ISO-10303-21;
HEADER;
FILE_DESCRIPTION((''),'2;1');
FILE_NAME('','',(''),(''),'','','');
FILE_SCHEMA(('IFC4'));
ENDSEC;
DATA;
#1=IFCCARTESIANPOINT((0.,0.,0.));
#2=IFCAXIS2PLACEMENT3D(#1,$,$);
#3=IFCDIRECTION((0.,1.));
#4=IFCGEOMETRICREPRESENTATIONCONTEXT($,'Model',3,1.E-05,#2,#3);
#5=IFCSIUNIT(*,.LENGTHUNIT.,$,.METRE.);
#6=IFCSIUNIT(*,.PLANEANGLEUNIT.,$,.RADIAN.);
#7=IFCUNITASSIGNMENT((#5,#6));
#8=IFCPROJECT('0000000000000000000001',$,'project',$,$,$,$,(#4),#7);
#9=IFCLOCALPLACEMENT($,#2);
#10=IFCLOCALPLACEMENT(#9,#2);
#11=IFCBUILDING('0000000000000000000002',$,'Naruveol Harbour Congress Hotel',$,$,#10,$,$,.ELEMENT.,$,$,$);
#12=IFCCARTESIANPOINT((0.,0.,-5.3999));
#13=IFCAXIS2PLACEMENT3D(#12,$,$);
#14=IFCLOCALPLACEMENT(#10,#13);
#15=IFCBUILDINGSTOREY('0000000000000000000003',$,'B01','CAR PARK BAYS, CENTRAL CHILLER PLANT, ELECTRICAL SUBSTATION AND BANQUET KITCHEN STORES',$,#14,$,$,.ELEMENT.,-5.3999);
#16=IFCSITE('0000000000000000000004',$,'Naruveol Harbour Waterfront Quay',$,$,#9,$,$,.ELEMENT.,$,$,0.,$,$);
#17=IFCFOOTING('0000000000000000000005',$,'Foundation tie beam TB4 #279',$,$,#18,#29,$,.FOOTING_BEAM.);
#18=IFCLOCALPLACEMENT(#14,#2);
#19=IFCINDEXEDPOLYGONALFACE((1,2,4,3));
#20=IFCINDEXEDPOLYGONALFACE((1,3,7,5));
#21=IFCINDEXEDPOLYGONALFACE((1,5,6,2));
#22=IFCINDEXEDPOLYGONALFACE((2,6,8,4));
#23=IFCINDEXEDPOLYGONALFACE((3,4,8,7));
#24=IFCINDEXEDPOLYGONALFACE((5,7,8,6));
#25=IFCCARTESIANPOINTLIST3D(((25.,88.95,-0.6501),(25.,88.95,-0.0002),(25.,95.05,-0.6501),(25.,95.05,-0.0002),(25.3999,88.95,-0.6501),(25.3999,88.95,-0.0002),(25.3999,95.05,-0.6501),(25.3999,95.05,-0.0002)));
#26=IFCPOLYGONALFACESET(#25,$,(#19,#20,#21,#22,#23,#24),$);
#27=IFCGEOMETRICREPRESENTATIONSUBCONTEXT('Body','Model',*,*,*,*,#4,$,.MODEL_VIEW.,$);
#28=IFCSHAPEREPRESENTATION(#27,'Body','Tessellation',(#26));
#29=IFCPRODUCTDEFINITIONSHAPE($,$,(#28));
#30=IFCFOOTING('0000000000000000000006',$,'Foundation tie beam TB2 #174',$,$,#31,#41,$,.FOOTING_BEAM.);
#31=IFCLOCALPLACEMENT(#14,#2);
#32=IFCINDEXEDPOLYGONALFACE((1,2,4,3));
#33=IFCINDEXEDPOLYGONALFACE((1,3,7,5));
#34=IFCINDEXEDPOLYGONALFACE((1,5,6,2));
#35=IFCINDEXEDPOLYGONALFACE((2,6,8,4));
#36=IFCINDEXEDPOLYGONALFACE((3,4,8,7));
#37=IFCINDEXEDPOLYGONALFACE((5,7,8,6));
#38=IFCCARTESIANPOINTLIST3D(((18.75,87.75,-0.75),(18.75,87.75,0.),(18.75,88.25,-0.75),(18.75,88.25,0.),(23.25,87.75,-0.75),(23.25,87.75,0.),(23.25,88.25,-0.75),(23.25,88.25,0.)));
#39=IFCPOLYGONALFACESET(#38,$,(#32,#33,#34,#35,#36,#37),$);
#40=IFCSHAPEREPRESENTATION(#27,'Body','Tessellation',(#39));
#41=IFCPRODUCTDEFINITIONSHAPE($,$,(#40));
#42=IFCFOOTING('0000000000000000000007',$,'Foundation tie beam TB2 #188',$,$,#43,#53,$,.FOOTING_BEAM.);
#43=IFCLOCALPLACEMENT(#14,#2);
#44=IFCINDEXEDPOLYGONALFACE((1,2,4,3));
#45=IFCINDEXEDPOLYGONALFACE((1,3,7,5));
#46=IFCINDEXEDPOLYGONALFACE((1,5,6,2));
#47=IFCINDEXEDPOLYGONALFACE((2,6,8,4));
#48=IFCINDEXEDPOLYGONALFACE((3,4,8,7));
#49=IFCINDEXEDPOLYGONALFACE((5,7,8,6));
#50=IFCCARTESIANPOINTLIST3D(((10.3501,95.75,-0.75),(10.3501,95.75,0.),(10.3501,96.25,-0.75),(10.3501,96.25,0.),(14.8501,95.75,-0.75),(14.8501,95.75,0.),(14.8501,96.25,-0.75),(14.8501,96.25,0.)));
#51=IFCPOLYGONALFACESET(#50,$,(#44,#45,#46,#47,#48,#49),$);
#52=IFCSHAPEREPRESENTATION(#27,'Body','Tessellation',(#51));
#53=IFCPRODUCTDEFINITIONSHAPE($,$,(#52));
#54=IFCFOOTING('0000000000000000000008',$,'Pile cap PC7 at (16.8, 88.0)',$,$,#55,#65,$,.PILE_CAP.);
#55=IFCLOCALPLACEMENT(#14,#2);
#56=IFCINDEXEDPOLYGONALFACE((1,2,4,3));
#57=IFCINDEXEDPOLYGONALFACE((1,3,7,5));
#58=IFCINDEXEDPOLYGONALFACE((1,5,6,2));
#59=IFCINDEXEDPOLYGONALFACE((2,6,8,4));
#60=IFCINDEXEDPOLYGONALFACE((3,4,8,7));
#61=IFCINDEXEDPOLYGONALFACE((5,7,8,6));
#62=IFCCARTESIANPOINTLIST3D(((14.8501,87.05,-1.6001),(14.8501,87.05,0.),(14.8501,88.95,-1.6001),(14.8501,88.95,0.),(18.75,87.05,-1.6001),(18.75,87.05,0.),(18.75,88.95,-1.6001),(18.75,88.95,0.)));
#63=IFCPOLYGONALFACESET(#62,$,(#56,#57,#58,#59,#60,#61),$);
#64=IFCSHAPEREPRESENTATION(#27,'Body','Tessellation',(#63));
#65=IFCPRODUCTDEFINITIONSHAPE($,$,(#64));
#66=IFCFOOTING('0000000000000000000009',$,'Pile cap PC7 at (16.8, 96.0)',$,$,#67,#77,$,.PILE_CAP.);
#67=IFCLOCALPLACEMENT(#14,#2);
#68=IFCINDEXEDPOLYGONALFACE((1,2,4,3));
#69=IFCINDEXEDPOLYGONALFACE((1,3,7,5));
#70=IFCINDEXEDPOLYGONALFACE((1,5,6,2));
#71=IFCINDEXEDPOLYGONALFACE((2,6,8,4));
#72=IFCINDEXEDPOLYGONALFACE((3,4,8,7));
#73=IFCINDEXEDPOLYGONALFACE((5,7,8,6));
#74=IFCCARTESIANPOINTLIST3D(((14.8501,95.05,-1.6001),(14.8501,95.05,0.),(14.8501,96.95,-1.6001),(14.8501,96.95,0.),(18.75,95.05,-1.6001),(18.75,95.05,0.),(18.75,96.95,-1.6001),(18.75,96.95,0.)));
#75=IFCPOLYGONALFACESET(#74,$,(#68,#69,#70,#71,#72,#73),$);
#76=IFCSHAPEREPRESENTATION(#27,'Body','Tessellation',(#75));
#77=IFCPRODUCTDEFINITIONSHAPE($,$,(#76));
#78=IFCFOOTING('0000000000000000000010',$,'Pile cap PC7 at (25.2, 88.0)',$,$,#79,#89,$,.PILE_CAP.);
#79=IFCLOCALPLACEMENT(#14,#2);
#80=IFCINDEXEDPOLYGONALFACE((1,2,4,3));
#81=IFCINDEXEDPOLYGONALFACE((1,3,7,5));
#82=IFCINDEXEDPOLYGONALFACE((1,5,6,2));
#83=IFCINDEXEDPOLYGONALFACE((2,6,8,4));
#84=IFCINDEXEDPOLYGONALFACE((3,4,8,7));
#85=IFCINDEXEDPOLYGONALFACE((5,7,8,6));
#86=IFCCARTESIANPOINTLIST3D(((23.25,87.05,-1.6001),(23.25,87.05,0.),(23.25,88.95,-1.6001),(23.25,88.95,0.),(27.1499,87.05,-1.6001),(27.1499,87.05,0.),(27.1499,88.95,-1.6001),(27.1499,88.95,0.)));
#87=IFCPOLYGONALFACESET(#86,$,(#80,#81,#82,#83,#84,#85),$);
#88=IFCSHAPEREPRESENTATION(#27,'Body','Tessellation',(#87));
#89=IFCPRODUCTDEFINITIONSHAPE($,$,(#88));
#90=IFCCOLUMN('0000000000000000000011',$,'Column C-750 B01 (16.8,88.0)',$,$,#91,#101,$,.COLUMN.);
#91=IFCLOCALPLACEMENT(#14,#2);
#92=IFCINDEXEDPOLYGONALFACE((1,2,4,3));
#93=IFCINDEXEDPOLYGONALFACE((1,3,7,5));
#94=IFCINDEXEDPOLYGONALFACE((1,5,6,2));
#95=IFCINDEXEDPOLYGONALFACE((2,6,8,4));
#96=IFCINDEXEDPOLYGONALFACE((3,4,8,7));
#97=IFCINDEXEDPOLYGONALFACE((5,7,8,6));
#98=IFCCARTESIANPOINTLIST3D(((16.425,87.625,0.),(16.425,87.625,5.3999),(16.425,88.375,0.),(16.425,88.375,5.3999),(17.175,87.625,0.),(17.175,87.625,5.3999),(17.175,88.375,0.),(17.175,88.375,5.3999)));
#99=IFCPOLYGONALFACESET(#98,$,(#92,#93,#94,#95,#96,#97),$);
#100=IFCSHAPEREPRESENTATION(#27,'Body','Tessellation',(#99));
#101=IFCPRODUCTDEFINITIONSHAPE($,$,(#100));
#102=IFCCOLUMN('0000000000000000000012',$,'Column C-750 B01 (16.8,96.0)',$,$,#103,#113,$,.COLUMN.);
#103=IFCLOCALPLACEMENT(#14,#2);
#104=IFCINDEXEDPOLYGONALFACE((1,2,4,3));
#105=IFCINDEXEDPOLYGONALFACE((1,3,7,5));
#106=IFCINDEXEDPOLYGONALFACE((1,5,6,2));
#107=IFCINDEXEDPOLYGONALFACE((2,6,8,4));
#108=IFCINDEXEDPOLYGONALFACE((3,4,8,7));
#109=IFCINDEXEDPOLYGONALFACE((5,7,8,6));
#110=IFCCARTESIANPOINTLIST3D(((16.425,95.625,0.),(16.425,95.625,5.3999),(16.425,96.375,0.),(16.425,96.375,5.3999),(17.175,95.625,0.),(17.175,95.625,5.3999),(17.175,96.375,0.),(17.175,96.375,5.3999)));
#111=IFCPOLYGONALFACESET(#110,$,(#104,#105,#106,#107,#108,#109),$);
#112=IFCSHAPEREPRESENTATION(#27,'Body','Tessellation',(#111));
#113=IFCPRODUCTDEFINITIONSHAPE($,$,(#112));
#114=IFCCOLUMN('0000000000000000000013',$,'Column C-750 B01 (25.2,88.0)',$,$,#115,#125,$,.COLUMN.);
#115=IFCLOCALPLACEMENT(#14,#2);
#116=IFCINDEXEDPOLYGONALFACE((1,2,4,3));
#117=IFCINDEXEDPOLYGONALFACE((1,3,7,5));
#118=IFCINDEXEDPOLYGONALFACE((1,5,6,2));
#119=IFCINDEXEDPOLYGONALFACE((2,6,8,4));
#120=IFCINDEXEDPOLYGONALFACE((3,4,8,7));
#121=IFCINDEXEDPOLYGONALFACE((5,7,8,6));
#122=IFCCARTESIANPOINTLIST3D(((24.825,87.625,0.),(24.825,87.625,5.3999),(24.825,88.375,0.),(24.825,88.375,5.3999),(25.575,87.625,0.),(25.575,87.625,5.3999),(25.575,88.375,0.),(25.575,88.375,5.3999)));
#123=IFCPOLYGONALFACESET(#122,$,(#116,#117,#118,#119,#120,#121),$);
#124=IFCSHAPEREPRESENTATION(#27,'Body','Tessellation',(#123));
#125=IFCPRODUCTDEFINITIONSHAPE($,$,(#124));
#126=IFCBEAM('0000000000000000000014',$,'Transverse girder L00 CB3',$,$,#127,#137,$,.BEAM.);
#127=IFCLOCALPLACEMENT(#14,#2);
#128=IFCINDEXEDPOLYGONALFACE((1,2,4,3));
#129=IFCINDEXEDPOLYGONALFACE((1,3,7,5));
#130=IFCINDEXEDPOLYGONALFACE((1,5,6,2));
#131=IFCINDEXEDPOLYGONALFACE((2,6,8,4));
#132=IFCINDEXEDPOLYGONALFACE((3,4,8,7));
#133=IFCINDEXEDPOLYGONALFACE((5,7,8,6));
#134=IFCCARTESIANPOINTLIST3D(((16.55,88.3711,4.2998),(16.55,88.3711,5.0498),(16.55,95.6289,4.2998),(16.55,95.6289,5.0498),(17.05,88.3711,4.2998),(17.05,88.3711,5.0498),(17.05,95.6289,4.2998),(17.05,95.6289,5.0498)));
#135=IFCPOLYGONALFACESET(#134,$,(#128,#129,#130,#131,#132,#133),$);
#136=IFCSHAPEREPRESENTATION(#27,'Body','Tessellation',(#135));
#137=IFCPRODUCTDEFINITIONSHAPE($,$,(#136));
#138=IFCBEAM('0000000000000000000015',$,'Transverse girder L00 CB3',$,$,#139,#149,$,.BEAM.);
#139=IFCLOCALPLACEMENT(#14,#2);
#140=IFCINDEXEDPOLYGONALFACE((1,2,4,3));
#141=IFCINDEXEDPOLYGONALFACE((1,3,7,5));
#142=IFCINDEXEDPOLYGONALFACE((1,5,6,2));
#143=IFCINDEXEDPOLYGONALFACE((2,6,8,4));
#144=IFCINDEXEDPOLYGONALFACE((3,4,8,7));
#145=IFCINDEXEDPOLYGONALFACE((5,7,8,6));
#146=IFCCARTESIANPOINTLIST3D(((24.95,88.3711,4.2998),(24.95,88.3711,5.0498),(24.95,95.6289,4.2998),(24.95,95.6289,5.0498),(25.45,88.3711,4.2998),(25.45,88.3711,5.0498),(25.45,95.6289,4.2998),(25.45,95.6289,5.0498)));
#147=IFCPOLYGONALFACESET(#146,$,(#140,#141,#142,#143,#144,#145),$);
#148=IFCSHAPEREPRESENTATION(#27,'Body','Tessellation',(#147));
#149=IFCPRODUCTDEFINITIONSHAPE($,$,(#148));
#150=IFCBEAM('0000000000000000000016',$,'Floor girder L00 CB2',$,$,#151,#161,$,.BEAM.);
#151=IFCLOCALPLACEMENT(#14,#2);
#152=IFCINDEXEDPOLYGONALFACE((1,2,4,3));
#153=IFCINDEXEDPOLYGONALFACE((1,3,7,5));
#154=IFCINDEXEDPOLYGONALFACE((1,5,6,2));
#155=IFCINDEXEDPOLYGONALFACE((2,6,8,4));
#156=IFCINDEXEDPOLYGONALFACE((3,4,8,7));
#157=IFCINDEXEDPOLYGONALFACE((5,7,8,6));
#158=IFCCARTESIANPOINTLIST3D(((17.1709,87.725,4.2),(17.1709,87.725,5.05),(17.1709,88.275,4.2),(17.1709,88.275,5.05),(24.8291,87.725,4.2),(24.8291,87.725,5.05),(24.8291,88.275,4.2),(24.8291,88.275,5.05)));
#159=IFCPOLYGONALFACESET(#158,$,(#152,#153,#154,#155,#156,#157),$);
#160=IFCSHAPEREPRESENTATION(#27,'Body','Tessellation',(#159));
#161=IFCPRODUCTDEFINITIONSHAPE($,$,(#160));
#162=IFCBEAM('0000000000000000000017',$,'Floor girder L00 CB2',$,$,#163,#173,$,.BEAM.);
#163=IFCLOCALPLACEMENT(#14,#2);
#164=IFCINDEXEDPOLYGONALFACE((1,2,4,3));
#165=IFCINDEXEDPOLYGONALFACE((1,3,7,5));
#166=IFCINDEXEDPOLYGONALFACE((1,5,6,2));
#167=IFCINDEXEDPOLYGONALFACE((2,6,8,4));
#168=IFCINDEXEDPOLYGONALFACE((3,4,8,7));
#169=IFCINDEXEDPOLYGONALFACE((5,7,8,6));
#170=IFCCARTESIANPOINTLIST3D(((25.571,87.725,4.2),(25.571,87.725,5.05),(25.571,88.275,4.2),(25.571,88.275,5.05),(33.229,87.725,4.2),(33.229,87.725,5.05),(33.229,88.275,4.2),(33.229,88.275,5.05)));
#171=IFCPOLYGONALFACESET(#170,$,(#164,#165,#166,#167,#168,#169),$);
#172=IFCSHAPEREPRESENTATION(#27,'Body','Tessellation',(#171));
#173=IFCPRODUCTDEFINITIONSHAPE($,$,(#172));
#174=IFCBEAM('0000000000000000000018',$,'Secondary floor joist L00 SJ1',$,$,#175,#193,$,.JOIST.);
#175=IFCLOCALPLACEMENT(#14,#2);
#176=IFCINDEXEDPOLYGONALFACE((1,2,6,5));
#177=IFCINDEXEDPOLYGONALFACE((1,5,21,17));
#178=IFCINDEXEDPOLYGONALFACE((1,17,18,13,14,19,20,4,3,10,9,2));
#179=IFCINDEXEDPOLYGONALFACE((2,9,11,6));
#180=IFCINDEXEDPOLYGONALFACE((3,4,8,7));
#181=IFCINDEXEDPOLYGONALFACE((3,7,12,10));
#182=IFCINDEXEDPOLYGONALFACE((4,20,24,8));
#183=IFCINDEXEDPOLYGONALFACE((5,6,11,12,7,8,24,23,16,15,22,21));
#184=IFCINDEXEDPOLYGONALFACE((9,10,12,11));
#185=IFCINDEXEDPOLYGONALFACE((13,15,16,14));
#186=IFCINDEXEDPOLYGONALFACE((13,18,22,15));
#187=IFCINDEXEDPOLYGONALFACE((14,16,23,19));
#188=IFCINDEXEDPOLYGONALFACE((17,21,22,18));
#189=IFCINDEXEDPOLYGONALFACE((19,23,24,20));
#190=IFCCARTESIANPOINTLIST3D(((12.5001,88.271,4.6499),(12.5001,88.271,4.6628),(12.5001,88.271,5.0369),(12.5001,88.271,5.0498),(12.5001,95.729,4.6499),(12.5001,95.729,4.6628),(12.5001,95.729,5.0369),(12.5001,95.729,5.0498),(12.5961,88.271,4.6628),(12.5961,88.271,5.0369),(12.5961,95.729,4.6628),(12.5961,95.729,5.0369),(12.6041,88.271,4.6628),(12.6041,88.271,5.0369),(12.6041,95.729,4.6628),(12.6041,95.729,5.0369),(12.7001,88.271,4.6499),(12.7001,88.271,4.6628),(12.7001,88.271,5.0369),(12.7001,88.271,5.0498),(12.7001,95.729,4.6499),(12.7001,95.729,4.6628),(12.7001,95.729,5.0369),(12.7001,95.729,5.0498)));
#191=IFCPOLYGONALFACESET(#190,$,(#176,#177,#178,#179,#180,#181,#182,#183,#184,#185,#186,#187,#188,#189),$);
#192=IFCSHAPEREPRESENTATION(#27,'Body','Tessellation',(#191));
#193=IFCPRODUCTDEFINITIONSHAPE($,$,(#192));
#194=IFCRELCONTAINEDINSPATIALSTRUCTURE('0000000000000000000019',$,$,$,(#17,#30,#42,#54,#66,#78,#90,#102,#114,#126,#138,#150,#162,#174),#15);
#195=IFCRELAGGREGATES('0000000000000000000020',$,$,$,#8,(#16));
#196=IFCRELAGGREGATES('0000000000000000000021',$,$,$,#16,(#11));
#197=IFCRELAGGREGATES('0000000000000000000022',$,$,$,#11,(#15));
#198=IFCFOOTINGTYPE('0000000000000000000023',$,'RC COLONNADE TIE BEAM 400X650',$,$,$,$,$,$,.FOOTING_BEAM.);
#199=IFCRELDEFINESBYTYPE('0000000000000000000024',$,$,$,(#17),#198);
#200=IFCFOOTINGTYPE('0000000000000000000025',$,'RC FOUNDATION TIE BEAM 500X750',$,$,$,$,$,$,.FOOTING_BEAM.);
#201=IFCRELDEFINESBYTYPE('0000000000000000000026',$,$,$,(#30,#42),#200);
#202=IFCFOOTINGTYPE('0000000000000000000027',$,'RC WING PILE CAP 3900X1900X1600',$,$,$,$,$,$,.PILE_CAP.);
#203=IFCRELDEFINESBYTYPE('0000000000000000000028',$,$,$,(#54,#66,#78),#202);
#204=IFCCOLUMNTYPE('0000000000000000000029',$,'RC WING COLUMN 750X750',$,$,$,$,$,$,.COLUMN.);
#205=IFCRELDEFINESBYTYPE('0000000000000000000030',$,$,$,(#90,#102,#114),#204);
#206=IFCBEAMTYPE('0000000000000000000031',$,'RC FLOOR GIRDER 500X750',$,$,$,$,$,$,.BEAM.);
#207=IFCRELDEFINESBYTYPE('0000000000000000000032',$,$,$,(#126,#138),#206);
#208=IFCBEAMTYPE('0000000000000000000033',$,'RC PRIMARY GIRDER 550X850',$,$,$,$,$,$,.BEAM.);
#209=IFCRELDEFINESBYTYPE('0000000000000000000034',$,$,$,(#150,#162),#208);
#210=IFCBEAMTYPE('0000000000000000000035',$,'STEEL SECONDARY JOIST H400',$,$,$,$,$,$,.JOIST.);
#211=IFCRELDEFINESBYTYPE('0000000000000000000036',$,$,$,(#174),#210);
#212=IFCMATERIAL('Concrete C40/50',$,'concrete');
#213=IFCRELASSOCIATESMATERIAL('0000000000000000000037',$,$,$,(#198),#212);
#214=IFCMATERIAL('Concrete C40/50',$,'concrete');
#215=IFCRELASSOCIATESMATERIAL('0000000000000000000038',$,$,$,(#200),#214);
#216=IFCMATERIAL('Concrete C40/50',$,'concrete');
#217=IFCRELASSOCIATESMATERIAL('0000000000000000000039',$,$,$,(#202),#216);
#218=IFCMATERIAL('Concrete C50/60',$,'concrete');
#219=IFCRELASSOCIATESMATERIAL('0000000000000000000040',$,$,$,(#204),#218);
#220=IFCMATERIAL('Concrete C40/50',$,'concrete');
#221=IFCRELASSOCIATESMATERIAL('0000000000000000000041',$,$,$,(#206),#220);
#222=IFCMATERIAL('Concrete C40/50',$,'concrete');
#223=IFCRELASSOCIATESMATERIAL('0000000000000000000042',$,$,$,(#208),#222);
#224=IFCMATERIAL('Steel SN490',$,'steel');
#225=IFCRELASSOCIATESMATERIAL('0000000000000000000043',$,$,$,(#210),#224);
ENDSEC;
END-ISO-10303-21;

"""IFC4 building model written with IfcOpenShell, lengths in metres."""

from ifc_helpers import new_model, si_unit, direction, frame, origin, origin_2d, place, context, subcontext, project, spatial, rectangle, i_section, extrude, material, material_profile, profile_set, type_object, element, save


model = new_model("IFC4")

# Units and contexts
model_context = context("Model", 3, precision=1e-05, world=origin(), true_north=direction((0.0, 1.0)))
body_context = subcontext(model_context, "Body", "Model", "MODEL_VIEW")
ifc_project = project(units=[si_unit("LENGTHUNIT", "METRE"), si_unit("PLANEANGLEUNIT", "RADIAN")], contexts=[model_context])

# Site, building, storey
site_placement = place(None, origin())
site = spatial("IfcSite", under=ifc_project, at=site_placement, Name="Naruveol Harbour Waterfront Quay", CompositionType="ELEMENT", RefElevation=0.0)
building_placement = place(site_placement, origin())
building = spatial("IfcBuilding", under=site, at=building_placement, Name="Naruveol Harbour Congress Hotel", CompositionType="ELEMENT")
storey_placement = place(building_placement, frame((0.0, 0.0, -5.3999)))
storey = spatial("IfcBuildingStorey", under=building, at=storey_placement, Name="B01", Description="CAR PARK BAYS, CENTRAL CHILLER PLANT, ELECTRICAL SUBSTATION AND BANQUET KITCHEN STORES", CompositionType="ELEMENT", Elevation=-5.3999)

# Footings
ifc_material_1 = material(Name="Concrete C40/50", Category="concrete")
ifc_material_profile_1 = material_profile(ifc_material_1, rectangle(XDim=0.3999, YDim=0.6499, at=origin_2d()), Name="RCB-400x650")
ifc_profile_set_1 = profile_set([ifc_material_profile_1], Name="Concrete C40/50")
footing_type_1 = type_object("IfcFootingType", Name="RC COLONNADE TIE BEAM 400X650", PredefinedType="FOOTING_BEAM", material=ifc_profile_set_1)
for number, where, z_axis, x_axis, name in (
    (1, (25.2, 88.95, -0.3252), (0.0, 1.0, 0.0), (-1.0, 0.0, 0.0), "Foundation tie beam TB4 #279"),
):
    element("IfcFooting", number, at=place(storey_placement, frame(where, z_axis=z_axis, x_axis=x_axis)), inside=storey, type_object=footing_type_1, Name=name, PredefinedType="FOOTING_BEAM", context=body_context, shape_type="SweptSolid", body=[
        extrude(rectangle(XDim=0.3999, YDim=0.6499, at=origin_2d()), origin(), (0.0, 0.0, 1.0), 6.1001),
    ])
ifc_material_2 = material(Name="Concrete C40/50", Category="concrete")
ifc_material_profile_2 = material_profile(ifc_material_2, rectangle(XDim=0.5, YDim=0.75, at=origin_2d()), Name="RCB-500x750")
ifc_profile_set_2 = profile_set([ifc_material_profile_2], Name="Concrete C40/50")
footing_type_2 = type_object("IfcFootingType", Name="RC FOUNDATION TIE BEAM 500X750", PredefinedType="FOOTING_BEAM", material=ifc_profile_set_2)
for number, where, z_axis, x_axis, name in (
    (2, (18.75, 88.0, -0.375), (1.0, 0.0, 0.0), (0.0, 1.0, 0.0), "Foundation tie beam TB2 #174"),
    (3, (10.3501, 96.0, -0.375), (1.0, 0.0, 0.0), (0.0, 1.0, 0.0), "Foundation tie beam TB2 #188"),
):
    element("IfcFooting", number, at=place(storey_placement, frame(where, z_axis=z_axis, x_axis=x_axis)), inside=storey, type_object=footing_type_2, Name=name, PredefinedType="FOOTING_BEAM", context=body_context, shape_type="SweptSolid", body=[
        extrude(rectangle(XDim=0.5, YDim=0.75, at=origin_2d()), origin(), (0.0, 0.0, 1.0), 4.5),
    ])
ifc_material_3 = material(Name="Concrete C40/50", Category="concrete")
footing_type_3 = type_object("IfcFootingType", Name="RC WING PILE CAP 3900X1900X1600", PredefinedType="PILE_CAP", material=ifc_material_3)
for number, where, z_axis, x_axis, name in (
    (4, (16.8, 88.0, -1.6001), (0.0, 0.0, 1.0), (1.0, 0.0, 0.0), "Pile cap PC7 at (16.8, 88.0)"),
    (5, (16.8, 96.0, -1.6001), (0.0, 0.0, 1.0), (1.0, 0.0, 0.0), "Pile cap PC7 at (16.8, 96.0)"),
    (6, (25.2, 88.0, -1.6001), (0.0, 0.0, 1.0), (1.0, 0.0, 0.0), "Pile cap PC7 at (25.2, 88.0)"),
):
    element("IfcFooting", number, at=place(storey_placement, frame(where, z_axis=z_axis, x_axis=x_axis)), inside=storey, type_object=footing_type_3, Name=name, PredefinedType="PILE_CAP", context=body_context, shape_type="SweptSolid", body=[
        extrude(rectangle(XDim=3.8999, YDim=1.8999, at=origin_2d()), origin(), (0.0, 0.0, 1.0), 1.6001),
    ])

# Columns
ifc_material_4 = material(Name="Concrete C50/60", Category="concrete")
ifc_material_profile_3 = material_profile(ifc_material_4, rectangle(XDim=0.75, YDim=0.75, at=origin_2d()), Name="RC-750x750")
ifc_profile_set_3 = profile_set([ifc_material_profile_3], Name="Concrete C50/60")
column_type = type_object("IfcColumnType", Name="RC WING COLUMN 750X750", PredefinedType="COLUMN", material=ifc_profile_set_3)
for number, where, z_axis, x_axis, name in (
    (7, (16.8, 88.0, 0.0), (0.0, 0.0, 1.0), (1.0, 0.0, 0.0), "Column C-750 B01 (16.8,88.0)"),
    (8, (16.8, 96.0, 0.0), (0.0, 0.0, 1.0), (1.0, 0.0, 0.0), "Column C-750 B01 (16.8,96.0)"),
    (9, (25.2, 88.0, 0.0), (0.0, 0.0, 1.0), (1.0, 0.0, 0.0), "Column C-750 B01 (25.2,88.0)"),
):
    element("IfcColumn", number, at=place(storey_placement, frame(where, z_axis=z_axis, x_axis=x_axis)), inside=storey, type_object=column_type, Name=name, PredefinedType="COLUMN", context=body_context, shape_type="SweptSolid", body=[
        extrude(rectangle(XDim=0.75, YDim=0.75, at=origin_2d()), origin(), (0.0, 0.0, 1.0), 5.3999),
    ])

# Beams
ifc_material_5 = material(Name="Concrete C40/50", Category="concrete")
ifc_material_profile_4 = material_profile(ifc_material_5, rectangle(XDim=0.5, YDim=0.75, at=origin_2d()), Name="RCB-500x750")
ifc_profile_set_4 = profile_set([ifc_material_profile_4], Name="Concrete C40/50")
beam_type_1 = type_object("IfcBeamType", Name="RC FLOOR GIRDER 500X750", PredefinedType="BEAM", material=ifc_profile_set_4)
for number, where, z_axis, x_axis, name in (
    (10, (16.8, 88.3711, 4.6748), (0.0, 1.0, 0.0), (-1.0, 0.0, 0.0), "Transverse girder L00 CB3"),
    (11, (25.2, 88.3711, 4.6748), (0.0, 1.0, 0.0), (-1.0, 0.0, 0.0), "Transverse girder L00 CB3"),
):
    element("IfcBeam", number, at=place(storey_placement, frame(where, z_axis=z_axis, x_axis=x_axis)), inside=storey, type_object=beam_type_1, Name=name, PredefinedType="BEAM", context=body_context, shape_type="SweptSolid", body=[
        extrude(rectangle(XDim=0.5, YDim=0.75, at=origin_2d()), origin(), (0.0, 0.0, 1.0), 7.2578),
    ])
ifc_material_6 = material(Name="Concrete C40/50", Category="concrete")
ifc_material_profile_5 = material_profile(ifc_material_6, rectangle(XDim=0.55, YDim=0.8501, at=origin_2d()), Name="RCB-550x850")
ifc_profile_set_5 = profile_set([ifc_material_profile_5], Name="Concrete C40/50")
beam_type_2 = type_object("IfcBeamType", Name="RC PRIMARY GIRDER 550X850", PredefinedType="BEAM", material=ifc_profile_set_5)
beam_1_placement = place(storey_placement, frame((17.1709, 88.0, 4.625), z_axis=(1.0, 0.0, 0.0), x_axis=(0.0, 1.0, 0.0)))
element("IfcBeam", 12, at=beam_1_placement, inside=storey, type_object=beam_type_2, Name="Floor girder L00 CB2", PredefinedType="BEAM", context=body_context, shape_type="SweptSolid", body=[
    extrude(rectangle(XDim=0.55, YDim=0.8501, at=origin_2d()), origin(), (0.0, 0.0, 1.0), 7.6582),
])
beam_2_placement = place(storey_placement, frame((25.571, 88.0, 4.625), z_axis=(1.0, 0.0, 0.0), x_axis=(0.0, 1.0, 0.0)))
element("IfcBeam", 13, at=beam_2_placement, inside=storey, type_object=beam_type_2, Name="Floor girder L00 CB2", PredefinedType="BEAM", context=body_context, shape_type="SweptSolid", body=[
    extrude(rectangle(XDim=0.55, YDim=0.8501, at=origin_2d()), origin(), (0.0, 0.0, 1.0), 7.658),
])
ifc_material_7 = material(Name="Steel SN490", Category="steel")
ifc_material_profile_6 = material_profile(ifc_material_7, i_section(OverallWidth=0.2, OverallDepth=0.3999, WebThickness=0.0081, FlangeThickness=0.0129, at=origin_2d()), Name="H-400x200x8x13")
ifc_profile_set_6 = profile_set([ifc_material_profile_6], Name="Steel SN490")
beam_type_3 = type_object("IfcBeamType", Name="STEEL SECONDARY JOIST H400", PredefinedType="JOIST", material=ifc_profile_set_6)
for number, where, z_axis, x_axis, name in (
    (14, (12.6001, 88.271, 4.8499), (0.0, 1.0, 0.0), (-1.0, 0.0, 0.0), "Secondary floor joist L00 SJ1"),
):
    element("IfcBeam", number, at=place(storey_placement, frame(where, z_axis=z_axis, x_axis=x_axis)), inside=storey, type_object=beam_type_3, Name=name, PredefinedType="JOIST", context=body_context, shape_type="SweptSolid", body=[
        extrude(i_section(OverallWidth=0.2, OverallDepth=0.3999, WebThickness=0.0081, FlangeThickness=0.0129, at=origin_2d()), origin(), (0.0, 0.0, 1.0), 7.458),
    ])

save(model, "model.ifc")
